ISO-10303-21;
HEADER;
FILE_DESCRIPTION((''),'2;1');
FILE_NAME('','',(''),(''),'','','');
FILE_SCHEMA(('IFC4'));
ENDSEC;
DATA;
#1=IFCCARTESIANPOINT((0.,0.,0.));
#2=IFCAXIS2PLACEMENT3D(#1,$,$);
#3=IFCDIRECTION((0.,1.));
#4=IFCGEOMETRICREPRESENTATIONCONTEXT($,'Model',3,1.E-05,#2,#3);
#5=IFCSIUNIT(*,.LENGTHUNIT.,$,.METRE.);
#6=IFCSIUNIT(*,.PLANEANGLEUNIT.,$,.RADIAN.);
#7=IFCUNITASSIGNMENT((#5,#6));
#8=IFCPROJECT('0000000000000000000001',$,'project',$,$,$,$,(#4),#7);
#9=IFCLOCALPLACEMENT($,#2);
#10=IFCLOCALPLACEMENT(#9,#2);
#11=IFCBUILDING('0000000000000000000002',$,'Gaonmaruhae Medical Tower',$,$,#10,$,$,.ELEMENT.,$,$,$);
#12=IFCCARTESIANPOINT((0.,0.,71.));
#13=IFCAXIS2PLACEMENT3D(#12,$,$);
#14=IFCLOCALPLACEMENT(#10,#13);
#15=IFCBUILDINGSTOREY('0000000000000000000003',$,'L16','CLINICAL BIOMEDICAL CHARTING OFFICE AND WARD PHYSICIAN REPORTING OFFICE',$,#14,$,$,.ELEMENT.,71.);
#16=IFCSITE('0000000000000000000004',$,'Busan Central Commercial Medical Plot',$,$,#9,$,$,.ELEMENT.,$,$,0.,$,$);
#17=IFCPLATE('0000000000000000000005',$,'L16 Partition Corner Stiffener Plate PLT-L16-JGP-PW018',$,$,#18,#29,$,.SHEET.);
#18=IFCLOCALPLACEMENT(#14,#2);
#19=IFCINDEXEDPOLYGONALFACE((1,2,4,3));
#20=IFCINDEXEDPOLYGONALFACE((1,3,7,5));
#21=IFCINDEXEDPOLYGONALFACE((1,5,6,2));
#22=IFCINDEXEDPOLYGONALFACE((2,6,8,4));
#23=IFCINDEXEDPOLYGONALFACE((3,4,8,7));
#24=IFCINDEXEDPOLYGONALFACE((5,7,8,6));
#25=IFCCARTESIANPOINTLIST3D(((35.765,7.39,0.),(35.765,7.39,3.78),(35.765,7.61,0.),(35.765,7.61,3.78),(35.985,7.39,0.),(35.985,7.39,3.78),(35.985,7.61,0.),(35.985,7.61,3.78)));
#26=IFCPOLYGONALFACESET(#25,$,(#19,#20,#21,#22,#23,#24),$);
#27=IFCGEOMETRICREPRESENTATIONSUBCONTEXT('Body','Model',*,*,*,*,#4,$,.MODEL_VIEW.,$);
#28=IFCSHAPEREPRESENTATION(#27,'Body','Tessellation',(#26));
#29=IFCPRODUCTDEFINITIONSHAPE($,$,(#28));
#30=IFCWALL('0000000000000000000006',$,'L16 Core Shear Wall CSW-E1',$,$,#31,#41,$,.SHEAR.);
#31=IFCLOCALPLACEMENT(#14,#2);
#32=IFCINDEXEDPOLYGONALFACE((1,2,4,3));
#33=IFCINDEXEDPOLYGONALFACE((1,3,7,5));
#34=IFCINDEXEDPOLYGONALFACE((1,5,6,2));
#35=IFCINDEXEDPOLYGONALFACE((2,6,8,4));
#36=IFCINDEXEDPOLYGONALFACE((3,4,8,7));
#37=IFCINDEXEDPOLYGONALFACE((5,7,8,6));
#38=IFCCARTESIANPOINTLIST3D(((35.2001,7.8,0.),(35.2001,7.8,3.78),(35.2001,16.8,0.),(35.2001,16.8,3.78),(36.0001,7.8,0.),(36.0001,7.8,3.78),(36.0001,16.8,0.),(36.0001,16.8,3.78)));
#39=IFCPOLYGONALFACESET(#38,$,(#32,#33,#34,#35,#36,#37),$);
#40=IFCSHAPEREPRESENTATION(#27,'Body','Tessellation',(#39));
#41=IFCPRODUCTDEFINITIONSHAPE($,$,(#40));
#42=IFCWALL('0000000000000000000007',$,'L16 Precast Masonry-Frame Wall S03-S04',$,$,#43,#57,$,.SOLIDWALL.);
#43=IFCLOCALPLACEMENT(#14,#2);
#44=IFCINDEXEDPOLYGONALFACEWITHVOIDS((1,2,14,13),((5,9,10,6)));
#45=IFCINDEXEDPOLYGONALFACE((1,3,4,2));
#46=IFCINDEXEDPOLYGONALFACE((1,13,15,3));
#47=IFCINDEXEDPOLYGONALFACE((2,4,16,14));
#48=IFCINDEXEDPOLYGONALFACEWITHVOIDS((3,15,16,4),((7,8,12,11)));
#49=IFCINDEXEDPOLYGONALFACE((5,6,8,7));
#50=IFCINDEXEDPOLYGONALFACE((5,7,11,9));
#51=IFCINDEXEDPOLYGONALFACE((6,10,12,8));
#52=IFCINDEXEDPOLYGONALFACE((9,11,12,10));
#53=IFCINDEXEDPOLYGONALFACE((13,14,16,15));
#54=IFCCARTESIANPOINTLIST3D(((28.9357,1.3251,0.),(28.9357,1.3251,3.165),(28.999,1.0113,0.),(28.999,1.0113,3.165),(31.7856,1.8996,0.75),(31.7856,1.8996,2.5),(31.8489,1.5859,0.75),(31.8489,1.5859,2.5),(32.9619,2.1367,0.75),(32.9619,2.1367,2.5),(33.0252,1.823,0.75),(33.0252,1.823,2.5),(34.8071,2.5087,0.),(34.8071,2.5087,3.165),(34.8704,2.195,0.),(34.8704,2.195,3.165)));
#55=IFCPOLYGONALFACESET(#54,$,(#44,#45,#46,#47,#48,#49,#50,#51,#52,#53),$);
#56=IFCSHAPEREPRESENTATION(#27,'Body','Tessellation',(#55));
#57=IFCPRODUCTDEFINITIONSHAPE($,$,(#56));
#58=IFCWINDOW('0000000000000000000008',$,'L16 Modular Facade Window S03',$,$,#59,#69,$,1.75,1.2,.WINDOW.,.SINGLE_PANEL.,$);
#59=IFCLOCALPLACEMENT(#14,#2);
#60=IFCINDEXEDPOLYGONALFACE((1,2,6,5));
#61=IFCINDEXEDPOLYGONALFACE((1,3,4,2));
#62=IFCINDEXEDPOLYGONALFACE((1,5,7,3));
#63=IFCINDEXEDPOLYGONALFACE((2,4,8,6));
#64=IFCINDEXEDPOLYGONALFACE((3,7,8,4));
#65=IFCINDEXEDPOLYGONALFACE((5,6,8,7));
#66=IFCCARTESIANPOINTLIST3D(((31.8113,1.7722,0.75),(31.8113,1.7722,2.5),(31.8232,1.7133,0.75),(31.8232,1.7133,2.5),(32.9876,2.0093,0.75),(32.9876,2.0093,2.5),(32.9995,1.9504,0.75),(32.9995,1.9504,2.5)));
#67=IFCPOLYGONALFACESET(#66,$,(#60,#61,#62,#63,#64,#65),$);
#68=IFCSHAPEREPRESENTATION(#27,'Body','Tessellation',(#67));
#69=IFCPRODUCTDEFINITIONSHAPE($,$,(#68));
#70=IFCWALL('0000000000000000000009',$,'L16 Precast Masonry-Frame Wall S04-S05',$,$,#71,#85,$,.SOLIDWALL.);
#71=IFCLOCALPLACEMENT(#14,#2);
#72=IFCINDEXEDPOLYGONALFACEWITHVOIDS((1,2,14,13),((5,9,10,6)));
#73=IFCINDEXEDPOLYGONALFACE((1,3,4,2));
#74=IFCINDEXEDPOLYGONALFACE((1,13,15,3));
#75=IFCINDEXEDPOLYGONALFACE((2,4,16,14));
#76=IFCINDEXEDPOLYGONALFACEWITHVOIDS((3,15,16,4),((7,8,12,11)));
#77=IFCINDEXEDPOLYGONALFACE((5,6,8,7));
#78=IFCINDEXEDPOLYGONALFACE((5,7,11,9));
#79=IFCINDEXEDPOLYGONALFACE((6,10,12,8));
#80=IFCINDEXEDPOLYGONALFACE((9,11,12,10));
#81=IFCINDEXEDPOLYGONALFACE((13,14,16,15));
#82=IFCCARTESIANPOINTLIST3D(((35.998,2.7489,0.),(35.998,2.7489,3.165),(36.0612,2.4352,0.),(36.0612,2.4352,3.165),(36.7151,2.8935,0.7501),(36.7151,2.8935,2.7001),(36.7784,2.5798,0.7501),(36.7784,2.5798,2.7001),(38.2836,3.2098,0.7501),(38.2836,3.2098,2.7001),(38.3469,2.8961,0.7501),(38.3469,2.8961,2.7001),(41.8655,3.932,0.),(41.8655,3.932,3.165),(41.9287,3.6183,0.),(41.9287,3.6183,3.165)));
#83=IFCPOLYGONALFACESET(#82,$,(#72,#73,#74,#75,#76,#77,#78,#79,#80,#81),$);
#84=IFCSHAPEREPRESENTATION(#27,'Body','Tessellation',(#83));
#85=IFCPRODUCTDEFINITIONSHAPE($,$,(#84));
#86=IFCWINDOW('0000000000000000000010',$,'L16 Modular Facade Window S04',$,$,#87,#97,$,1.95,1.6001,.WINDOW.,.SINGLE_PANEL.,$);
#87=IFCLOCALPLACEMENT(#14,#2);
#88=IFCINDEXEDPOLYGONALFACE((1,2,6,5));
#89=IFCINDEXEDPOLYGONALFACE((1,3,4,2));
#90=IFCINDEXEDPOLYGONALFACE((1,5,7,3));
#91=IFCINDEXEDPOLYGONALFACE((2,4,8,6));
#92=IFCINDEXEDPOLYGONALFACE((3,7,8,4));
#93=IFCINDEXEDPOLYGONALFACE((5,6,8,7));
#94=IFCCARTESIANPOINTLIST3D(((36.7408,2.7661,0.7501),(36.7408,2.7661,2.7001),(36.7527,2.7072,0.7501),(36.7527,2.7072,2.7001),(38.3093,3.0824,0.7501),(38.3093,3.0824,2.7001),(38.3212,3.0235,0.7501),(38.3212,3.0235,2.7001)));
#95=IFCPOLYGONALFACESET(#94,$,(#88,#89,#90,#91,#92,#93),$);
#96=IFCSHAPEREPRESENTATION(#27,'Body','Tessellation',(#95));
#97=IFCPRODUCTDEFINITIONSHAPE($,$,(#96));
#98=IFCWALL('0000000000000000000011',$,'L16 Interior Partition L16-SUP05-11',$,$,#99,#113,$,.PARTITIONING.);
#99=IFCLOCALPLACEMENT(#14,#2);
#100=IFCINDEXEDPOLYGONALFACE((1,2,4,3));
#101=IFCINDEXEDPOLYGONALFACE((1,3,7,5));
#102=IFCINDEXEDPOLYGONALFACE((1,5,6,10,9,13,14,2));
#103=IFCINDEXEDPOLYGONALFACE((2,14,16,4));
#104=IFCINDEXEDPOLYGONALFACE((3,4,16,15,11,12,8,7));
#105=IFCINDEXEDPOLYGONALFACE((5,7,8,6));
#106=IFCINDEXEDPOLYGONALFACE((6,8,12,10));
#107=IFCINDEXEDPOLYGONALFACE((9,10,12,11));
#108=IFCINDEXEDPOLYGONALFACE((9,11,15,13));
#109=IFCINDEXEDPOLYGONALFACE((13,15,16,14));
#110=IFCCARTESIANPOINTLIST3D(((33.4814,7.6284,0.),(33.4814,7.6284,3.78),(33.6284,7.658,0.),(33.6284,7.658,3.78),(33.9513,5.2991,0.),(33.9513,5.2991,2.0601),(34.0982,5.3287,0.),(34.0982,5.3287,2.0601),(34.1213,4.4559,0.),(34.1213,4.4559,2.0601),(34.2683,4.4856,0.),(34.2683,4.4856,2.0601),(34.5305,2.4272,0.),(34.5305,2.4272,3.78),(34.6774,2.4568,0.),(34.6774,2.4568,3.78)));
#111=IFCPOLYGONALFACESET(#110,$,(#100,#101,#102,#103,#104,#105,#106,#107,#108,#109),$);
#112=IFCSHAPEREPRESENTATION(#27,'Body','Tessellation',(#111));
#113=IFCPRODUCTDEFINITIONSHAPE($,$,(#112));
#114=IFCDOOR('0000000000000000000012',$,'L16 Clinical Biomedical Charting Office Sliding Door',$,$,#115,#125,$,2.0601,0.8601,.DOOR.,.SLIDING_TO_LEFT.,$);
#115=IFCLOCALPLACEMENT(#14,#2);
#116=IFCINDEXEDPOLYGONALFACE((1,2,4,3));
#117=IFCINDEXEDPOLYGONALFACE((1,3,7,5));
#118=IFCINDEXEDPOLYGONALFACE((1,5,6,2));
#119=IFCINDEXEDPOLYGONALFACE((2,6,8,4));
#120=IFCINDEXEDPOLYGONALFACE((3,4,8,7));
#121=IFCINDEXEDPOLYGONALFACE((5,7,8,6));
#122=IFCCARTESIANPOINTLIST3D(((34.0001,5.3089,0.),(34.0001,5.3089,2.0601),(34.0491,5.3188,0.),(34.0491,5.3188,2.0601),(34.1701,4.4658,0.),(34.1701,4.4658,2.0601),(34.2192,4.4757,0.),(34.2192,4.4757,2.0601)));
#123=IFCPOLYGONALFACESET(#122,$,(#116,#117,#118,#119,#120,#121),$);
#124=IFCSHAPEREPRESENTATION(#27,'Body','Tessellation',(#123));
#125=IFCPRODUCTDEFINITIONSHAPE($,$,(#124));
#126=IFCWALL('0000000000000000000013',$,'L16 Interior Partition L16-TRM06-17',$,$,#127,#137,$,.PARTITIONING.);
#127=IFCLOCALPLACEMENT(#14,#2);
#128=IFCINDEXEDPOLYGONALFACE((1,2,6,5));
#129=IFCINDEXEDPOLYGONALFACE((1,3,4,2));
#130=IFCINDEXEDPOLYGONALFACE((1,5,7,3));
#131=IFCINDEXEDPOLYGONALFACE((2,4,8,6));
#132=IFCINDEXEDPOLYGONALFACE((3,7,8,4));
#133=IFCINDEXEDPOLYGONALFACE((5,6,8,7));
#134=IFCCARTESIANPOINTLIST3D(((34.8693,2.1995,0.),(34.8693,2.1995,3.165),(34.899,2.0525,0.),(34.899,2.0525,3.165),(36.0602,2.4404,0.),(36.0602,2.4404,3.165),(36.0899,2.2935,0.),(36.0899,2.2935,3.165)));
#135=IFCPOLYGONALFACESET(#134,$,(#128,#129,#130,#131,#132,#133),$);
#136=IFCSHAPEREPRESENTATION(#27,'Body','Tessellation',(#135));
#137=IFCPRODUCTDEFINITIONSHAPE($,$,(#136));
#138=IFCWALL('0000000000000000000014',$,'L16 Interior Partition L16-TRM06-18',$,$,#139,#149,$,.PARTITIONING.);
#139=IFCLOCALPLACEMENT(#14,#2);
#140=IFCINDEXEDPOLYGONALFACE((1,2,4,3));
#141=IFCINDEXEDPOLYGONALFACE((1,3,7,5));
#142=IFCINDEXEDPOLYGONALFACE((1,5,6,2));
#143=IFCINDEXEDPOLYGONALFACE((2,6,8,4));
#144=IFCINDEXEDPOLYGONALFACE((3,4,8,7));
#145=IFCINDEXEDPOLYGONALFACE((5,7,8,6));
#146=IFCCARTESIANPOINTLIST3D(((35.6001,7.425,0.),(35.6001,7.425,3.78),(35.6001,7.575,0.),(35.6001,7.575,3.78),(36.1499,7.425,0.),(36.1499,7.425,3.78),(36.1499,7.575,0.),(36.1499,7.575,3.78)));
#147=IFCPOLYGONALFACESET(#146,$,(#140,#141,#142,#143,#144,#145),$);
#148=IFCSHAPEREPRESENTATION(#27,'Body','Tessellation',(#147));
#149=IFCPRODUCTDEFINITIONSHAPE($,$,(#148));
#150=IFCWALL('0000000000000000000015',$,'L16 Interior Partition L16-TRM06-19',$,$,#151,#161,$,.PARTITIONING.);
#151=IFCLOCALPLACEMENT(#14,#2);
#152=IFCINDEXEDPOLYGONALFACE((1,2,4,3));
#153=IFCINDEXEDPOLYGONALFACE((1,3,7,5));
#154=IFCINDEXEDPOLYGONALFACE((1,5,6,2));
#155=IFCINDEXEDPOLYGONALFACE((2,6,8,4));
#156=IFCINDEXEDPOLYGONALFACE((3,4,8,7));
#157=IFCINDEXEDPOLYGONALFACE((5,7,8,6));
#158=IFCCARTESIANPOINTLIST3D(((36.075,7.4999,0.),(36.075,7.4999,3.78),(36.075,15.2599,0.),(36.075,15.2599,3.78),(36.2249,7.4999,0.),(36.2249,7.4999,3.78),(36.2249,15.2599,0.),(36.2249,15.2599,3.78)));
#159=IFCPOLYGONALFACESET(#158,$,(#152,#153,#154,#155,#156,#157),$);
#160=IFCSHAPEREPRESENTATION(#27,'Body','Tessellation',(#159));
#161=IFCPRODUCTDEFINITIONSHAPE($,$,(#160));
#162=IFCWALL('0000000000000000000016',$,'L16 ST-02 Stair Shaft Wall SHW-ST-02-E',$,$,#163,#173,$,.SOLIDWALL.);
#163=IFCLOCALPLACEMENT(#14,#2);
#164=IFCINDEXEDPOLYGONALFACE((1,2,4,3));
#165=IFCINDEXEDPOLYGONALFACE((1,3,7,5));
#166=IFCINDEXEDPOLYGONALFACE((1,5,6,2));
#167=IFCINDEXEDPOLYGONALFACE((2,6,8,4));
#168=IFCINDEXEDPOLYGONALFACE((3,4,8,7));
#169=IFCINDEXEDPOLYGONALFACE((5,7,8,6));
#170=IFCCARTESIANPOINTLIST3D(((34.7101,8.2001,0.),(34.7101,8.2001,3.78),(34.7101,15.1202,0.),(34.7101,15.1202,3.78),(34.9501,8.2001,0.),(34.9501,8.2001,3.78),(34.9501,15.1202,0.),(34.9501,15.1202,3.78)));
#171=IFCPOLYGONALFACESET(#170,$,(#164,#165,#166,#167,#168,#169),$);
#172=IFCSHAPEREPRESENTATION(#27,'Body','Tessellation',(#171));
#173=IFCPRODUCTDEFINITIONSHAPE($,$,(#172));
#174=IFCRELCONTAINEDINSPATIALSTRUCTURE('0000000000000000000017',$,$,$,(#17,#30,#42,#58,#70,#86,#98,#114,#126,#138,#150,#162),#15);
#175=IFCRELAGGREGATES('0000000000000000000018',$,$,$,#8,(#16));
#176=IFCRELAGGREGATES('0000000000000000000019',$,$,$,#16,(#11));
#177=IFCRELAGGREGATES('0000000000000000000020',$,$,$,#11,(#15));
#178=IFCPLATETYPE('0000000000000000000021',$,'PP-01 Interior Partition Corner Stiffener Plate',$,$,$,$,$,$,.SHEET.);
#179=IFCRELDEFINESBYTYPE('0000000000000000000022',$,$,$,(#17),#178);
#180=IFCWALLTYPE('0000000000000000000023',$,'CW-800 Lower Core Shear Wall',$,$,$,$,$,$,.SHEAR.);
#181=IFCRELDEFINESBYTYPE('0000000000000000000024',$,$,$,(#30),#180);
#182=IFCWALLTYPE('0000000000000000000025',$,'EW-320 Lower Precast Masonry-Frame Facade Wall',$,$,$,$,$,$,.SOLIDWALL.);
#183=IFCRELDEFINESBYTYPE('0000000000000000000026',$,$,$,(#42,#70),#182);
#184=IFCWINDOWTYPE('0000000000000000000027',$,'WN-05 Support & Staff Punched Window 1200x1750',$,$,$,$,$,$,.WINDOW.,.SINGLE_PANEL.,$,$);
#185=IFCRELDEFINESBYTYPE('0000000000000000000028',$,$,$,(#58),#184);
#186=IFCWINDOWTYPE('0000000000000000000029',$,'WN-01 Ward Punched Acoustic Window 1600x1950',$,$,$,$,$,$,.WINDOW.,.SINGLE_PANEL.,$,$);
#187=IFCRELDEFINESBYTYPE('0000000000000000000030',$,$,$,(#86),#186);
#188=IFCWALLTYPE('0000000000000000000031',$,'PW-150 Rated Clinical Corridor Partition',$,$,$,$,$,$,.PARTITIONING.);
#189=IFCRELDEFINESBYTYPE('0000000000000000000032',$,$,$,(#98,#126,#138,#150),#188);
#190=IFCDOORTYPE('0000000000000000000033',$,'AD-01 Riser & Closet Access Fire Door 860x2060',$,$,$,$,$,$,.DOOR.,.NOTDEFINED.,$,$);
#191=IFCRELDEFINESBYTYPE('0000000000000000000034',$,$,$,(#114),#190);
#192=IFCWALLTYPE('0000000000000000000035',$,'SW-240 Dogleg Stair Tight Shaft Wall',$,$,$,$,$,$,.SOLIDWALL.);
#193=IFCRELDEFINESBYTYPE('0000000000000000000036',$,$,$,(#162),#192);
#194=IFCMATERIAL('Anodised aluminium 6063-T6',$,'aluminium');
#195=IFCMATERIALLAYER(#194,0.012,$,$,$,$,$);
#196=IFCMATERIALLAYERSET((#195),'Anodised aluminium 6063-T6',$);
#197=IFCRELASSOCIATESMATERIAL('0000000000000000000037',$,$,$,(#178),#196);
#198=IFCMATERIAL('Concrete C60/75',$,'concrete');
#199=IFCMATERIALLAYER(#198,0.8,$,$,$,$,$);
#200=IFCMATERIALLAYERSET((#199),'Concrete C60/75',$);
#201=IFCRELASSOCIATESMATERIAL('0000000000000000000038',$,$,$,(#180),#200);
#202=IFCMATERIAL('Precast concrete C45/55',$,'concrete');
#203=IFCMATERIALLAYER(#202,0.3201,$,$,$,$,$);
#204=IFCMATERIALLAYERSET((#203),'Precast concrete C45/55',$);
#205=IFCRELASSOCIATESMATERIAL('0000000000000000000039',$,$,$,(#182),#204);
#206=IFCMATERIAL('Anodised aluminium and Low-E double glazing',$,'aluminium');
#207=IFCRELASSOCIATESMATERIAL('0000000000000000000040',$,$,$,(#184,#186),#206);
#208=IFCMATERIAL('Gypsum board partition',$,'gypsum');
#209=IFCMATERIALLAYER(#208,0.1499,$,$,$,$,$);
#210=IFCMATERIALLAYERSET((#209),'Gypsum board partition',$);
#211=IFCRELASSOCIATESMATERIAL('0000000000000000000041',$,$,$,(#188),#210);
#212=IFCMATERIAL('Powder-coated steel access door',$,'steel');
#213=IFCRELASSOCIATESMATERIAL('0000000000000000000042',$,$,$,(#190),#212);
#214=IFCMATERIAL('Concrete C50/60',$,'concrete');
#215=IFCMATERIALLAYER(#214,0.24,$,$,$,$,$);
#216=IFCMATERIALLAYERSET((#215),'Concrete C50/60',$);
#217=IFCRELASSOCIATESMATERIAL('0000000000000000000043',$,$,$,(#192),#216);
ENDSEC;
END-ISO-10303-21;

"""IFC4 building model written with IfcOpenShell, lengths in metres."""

from ifc_helpers import new_model, si_unit, direction, frame, frame_2d, origin, origin_2d, place, context, subcontext, project, spatial, rectangle, extrude, material, layer, layer_set, type_object, element, fill, save


model = new_model("IFC4")

# Units and contexts
model_context = context("Model", 3, precision=1e-05, world=origin(), true_north=direction((0.0, 1.0)))
body_context = subcontext(model_context, "Body", "Model", "MODEL_VIEW")
ifc_project = project(units=[si_unit("LENGTHUNIT", "METRE"), si_unit("PLANEANGLEUNIT", "RADIAN")], contexts=[model_context])

# Site, building, storey
site_placement = place(None, origin())
site = spatial("IfcSite", under=ifc_project, at=site_placement, Name="Busan Central Commercial Medical Plot", CompositionType="ELEMENT", RefElevation=0.0)
building_placement = place(site_placement, origin())
building = spatial("IfcBuilding", under=site, at=building_placement, Name="Gaonmaruhae Medical Tower", CompositionType="ELEMENT")
storey_placement = place(building_placement, frame((0.0, 0.0, 71.0)))
storey = spatial("IfcBuildingStorey", under=building, at=storey_placement, Name="L16", Description="CLINICAL BIOMEDICAL CHARTING OFFICE AND WARD PHYSICIAN REPORTING OFFICE", CompositionType="ELEMENT", Elevation=71.0)

# Shared definitions
ifc_material_1 = material(Name="Concrete C60/75", Category="concrete")

# Plate
ifc_material_2 = material(Name="Anodised aluminium 6063-T6", Category="aluminium")
ifc_layer_1 = layer(ifc_material_2, 0.012)
ifc_layer_set_1 = layer_set([ifc_layer_1], Name="Anodised aluminium 6063-T6")
plate_type = type_object("IfcPlateType", Name="PP-01 Interior Partition Corner Stiffener Plate", PredefinedType="SHEET", material=ifc_layer_set_1)
plate_placement = place(storey_placement, frame((35.875, 7.5, 0.0), z_axis=(0.0, 0.0, 1.0), x_axis=(1.0, 0.0, 0.0)))
element("IfcPlate", 1, at=plate_placement, inside=storey, type_object=plate_type, Name="L16 Partition Corner Stiffener Plate PLT-L16-JGP-PW018", PredefinedType="SHEET", context=body_context, shape_type="SweptSolid", body=[
    extrude(rectangle(XDim=0.22, YDim=0.22, at=origin_2d()), origin(), (0.0, 0.0, 1.0), 3.78),
])

# Wall
ifc_layer_2 = layer(ifc_material_1, 0.8)
ifc_layer_set_2 = layer_set([ifc_layer_2], Name="Concrete C60/75")
wall_type_1 = type_object("IfcWallType", Name="CW-800 Lower Core Shear Wall", PredefinedType="SHEAR", material=ifc_layer_set_2)
wall_1_placement = place(storey_placement, frame((35.6001, 7.8, 0.0), z_axis=(0.0, 0.0, 1.0), x_axis=(0.0, 1.0, 0.0)))
element("IfcWall", 2, at=wall_1_placement, inside=storey, type_object=wall_type_1, Name="L16 Core Shear Wall CSW-E1", PredefinedType="SHEAR", context=body_context, shape_type="SweptSolid", body=[
    extrude(rectangle(XDim=9.0, YDim=0.8, at=frame_2d((4.5, 0.0))), origin(), (0.0, 0.0, 1.0), 3.78),
])

# Walls, openings, windows
ifc_material_3 = material(Name="Precast concrete C45/55", Category="concrete")
ifc_layer_3 = layer(ifc_material_3, 0.3201)
ifc_layer_set_3 = layer_set([ifc_layer_3], Name="Precast concrete C45/55")
wall_type_2 = type_object("IfcWallType", Name="EW-320 Lower Precast Masonry-Frame Facade Wall", PredefinedType="SOLIDWALL", material=ifc_layer_set_3)
wall_2_placement = place(storey_placement, frame((34.8386, 2.3518, 0.0), z_axis=(0.0, 0.0, 1.0), x_axis=(-0.98028, -0.197613, 0.0)))
wall_2 = element("IfcWall", 3, at=wall_2_placement, inside=storey, type_object=wall_type_2, Name="L16 Precast Masonry-Frame Wall S03-S04", PredefinedType="SOLIDWALL", context=body_context, shape_type="SweptSolid", body=[
    extrude(rectangle(XDim=5.9895, YDim=0.3201, at=frame_2d((2.9946, 0.0))), origin(), (0.0, 0.0, 1.0), 3.165),
])
opening_1_placement = place(wall_2_placement, frame((1.8821, 0.0, 0.75)))
opening_1 = element("IfcOpeningElement", 4, at=opening_1_placement, cuts=wall_2, PredefinedType="OPENING", context=body_context, shape_type="SweptSolid", body=[
    extrude(rectangle(XDim=1.2, YDim=1.75, at=frame_2d((0.6001, 0.875))), frame((0.0, 0.1699, 0.0), z_axis=(0.0, -1.0, 0.0), x_axis=(1.0, 0.0, 0.0)), (0.0, 0.0, 1.0), 0.3401),
])
ifc_material_4 = material(Name="Anodised aluminium and Low-E double glazing", Category="aluminium")
window_type_1 = type_object("IfcWindowType", Name="WN-05 Support & Staff Punched Window 1200x1750", PartitioningType="SINGLE_PANEL", PredefinedType="WINDOW", material=ifc_material_4)
window_1_placement = place(opening_1_placement, origin())
window_1 = element("IfcWindow", 5, at=window_1_placement, inside=storey, type_object=window_type_1, Name="L16 Modular Facade Window S03", OverallHeight=1.75, OverallWidth=1.2, PartitioningType="SINGLE_PANEL", PredefinedType="WINDOW", context=body_context, shape_type="SweptSolid", body=[
    extrude(rectangle(XDim=1.2, YDim=1.75, at=frame_2d((0.6001, 0.875))), frame((0.0, 0.03, 0.0), z_axis=(0.0, -1.0, 0.0), x_axis=(1.0, 0.0, 0.0)), (0.0, 0.0, 1.0), 0.0601),
])
fill(opening_1, window_1)
wall_3_placement = place(storey_placement, frame((41.897, 3.7751, 0.0), z_axis=(0.0, 0.0, 1.0), x_axis=(-0.98027, -0.197661, 0.0)))
wall_3 = element("IfcWall", 6, at=wall_3_placement, inside=storey, type_object=wall_type_2, Name="L16 Precast Masonry-Frame Wall S04-S05", PredefinedType="SOLIDWALL", context=body_context, shape_type="SweptSolid", body=[
    extrude(rectangle(XDim=5.9856, YDim=0.3201, at=frame_2d((2.9927, 0.0))), origin(), (0.0, 0.0, 1.0), 3.165),
])
opening_2_placement = place(wall_3_placement, frame((3.6538, 0.0, 0.75)))
opening_2 = element("IfcOpeningElement", 7, at=opening_2_placement, cuts=wall_3, PredefinedType="OPENING", context=body_context, shape_type="SweptSolid", body=[
    extrude(rectangle(XDim=1.6001, YDim=1.95, at=frame_2d((0.8, 0.9751))), frame((0.0, 0.1699, 0.0), z_axis=(0.0, -1.0, 0.0), x_axis=(1.0, 0.0, 0.0)), (0.0, 0.0, 1.0), 0.3401),
])
window_type_2 = type_object("IfcWindowType", Name="WN-01 Ward Punched Acoustic Window 1600x1950", PartitioningType="SINGLE_PANEL", PredefinedType="WINDOW", material=ifc_material_4)
window_2_placement = place(opening_2_placement, origin())
window_2 = element("IfcWindow", 8, at=window_2_placement, inside=storey, type_object=window_type_2, Name="L16 Modular Facade Window S04", OverallHeight=1.95, OverallWidth=1.6001, PartitioningType="SINGLE_PANEL", PredefinedType="WINDOW", context=body_context, shape_type="SweptSolid", body=[
    extrude(rectangle(XDim=1.6001, YDim=1.95, at=frame_2d((0.8, 0.9751))), frame((0.0, 0.03, 0.0), z_axis=(0.0, -1.0, 0.0), x_axis=(1.0, 0.0, 0.0)), (0.0, 0.0, 1.0), 0.0601),
])
fill(opening_2, window_2)

# Wall, opening, door
ifc_material_5 = material(Name="Gypsum board partition", Category="gypsum")
ifc_layer_4 = layer(ifc_material_5, 0.1499)
ifc_layer_set_4 = layer_set([ifc_layer_4], Name="Gypsum board partition")
wall_type_3 = type_object("IfcWallType", Name="PW-150 Rated Clinical Corridor Partition", PredefinedType="PARTITIONING", material=ifc_layer_set_4)
wall_4_placement = place(storey_placement, frame((33.5549, 7.6431, 0.0), z_axis=(0.0, 0.0, 1.0), x_axis=(0.197717, -0.980259, 0.0)))
wall_4 = element("IfcWall", 9, at=wall_4_placement, inside=storey, type_object=wall_type_3, Name="L16 Interior Partition L16-SUP05-11", PredefinedType="PARTITIONING", context=body_context, shape_type="SweptSolid", body=[
    extrude(rectangle(XDim=5.3059, YDim=0.1499, at=frame_2d((2.6528, 0.0))), origin(), (0.0, 0.0, 1.0), 3.78),
])
opening_3_placement = place(wall_4_placement, frame((2.376, 0.0, 0.0)))
opening_3 = element("IfcOpeningElement", 10, at=opening_3_placement, cuts=wall_4, PredefinedType="OPENING", context=body_context, shape_type="SweptSolid", body=[
    extrude(rectangle(XDim=0.8601, YDim=2.0601, at=frame_2d((0.4302, 1.03))), frame((0.0, 0.085, 0.0), z_axis=(0.0, -1.0, 0.0), x_axis=(1.0, 0.0, 0.0)), (0.0, 0.0, 1.0), 0.1699),
])
ifc_material_6 = material(Name="Powder-coated steel access door", Category="steel")
door_type = type_object("IfcDoorType", Name="AD-01 Riser & Closet Access Fire Door 860x2060", OperationType="NOTDEFINED", PredefinedType="DOOR", material=ifc_material_6)
door_placement = place(opening_3_placement, origin())
door = element("IfcDoor", 11, at=door_placement, inside=storey, type_object=door_type, Name="L16 Clinical Biomedical Charting Office Sliding Door", OperationType="SLIDING_TO_LEFT", OverallHeight=2.0601, OverallWidth=0.8601, PredefinedType="DOOR", context=body_context, shape_type="SweptSolid", body=[
    extrude(rectangle(XDim=0.8601, YDim=2.0601, at=frame_2d((0.4302, 1.03))), frame((0.0, 0.0249, 0.0), z_axis=(0.0, -1.0, 0.0), x_axis=(1.0, 0.0, 0.0)), (0.0, 0.0, 1.0), 0.05),
])
fill(opening_3, door)

# Walls
wall_5_placement = place(storey_placement, frame((36.075, 2.3669, 0.0), z_axis=(0.0, 0.0, 1.0), x_axis=(-0.980138, -0.198318, 0.0)))
element("IfcWall", 12, at=wall_5_placement, inside=storey, type_object=wall_type_3, Name="L16 Interior Partition L16-TRM06-17", PredefinedType="PARTITIONING", context=body_context, shape_type="SweptSolid", body=[
    extrude(rectangle(XDim=1.2151, YDim=0.1499, at=frame_2d((0.6074, 0.0))), origin(), (0.0, 0.0, 1.0), 3.165),
])
wall_6_placement = place(storey_placement, frame((35.6001, 7.5, 0.0), z_axis=(0.0, 0.0, 1.0), x_axis=(1.0, 0.0, 0.0)))
element("IfcWall", 13, at=wall_6_placement, inside=storey, type_object=wall_type_3, Name="L16 Interior Partition L16-TRM06-18", PredefinedType="PARTITIONING", context=body_context, shape_type="SweptSolid", body=[
    extrude(rectangle(XDim=0.5498, YDim=0.1499, at=frame_2d((0.2749, 0.0))), origin(), (0.0, 0.0, 1.0), 3.78),
])
wall_7_placement = place(storey_placement, frame((36.1499, 7.5, 0.0), z_axis=(0.0, 0.0, 1.0), x_axis=(0.0, 1.0, 0.0)))
element("IfcWall", 14, at=wall_7_placement, inside=storey, type_object=wall_type_3, Name="L16 Interior Partition L16-TRM06-19", PredefinedType="PARTITIONING", context=body_context, shape_type="SweptSolid", body=[
    extrude(rectangle(XDim=7.76, YDim=0.1499, at=frame_2d((3.8799, 0.0))), origin(), (0.0, 0.0, 1.0), 3.78),
])
ifc_material_7 = material(Name="Concrete C50/60", Category="concrete")
ifc_layer_5 = layer(ifc_material_7, 0.24)
ifc_layer_set_5 = layer_set([ifc_layer_5], Name="Concrete C50/60")
wall_type_4 = type_object("IfcWallType", Name="SW-240 Dogleg Stair Tight Shaft Wall", PredefinedType="SOLIDWALL", material=ifc_layer_set_5)
wall_8_placement = place(storey_placement, frame((34.8301, 15.1201, 0.0), z_axis=(0.0, 0.0, 1.0), x_axis=(0.0, -1.0, 0.0)))
element("IfcWall", 15, at=wall_8_placement, inside=storey, type_object=wall_type_4, Name="L16 ST-02 Stair Shaft Wall SHW-ST-02-E", PredefinedType="SOLIDWALL", context=body_context, shape_type="SweptSolid", body=[
    extrude(rectangle(XDim=6.9202, YDim=0.24, at=frame_2d((3.46, 0.0))), origin(), (0.0, 0.0, 1.0), 3.78),
])

save(model, "model.ifc")
